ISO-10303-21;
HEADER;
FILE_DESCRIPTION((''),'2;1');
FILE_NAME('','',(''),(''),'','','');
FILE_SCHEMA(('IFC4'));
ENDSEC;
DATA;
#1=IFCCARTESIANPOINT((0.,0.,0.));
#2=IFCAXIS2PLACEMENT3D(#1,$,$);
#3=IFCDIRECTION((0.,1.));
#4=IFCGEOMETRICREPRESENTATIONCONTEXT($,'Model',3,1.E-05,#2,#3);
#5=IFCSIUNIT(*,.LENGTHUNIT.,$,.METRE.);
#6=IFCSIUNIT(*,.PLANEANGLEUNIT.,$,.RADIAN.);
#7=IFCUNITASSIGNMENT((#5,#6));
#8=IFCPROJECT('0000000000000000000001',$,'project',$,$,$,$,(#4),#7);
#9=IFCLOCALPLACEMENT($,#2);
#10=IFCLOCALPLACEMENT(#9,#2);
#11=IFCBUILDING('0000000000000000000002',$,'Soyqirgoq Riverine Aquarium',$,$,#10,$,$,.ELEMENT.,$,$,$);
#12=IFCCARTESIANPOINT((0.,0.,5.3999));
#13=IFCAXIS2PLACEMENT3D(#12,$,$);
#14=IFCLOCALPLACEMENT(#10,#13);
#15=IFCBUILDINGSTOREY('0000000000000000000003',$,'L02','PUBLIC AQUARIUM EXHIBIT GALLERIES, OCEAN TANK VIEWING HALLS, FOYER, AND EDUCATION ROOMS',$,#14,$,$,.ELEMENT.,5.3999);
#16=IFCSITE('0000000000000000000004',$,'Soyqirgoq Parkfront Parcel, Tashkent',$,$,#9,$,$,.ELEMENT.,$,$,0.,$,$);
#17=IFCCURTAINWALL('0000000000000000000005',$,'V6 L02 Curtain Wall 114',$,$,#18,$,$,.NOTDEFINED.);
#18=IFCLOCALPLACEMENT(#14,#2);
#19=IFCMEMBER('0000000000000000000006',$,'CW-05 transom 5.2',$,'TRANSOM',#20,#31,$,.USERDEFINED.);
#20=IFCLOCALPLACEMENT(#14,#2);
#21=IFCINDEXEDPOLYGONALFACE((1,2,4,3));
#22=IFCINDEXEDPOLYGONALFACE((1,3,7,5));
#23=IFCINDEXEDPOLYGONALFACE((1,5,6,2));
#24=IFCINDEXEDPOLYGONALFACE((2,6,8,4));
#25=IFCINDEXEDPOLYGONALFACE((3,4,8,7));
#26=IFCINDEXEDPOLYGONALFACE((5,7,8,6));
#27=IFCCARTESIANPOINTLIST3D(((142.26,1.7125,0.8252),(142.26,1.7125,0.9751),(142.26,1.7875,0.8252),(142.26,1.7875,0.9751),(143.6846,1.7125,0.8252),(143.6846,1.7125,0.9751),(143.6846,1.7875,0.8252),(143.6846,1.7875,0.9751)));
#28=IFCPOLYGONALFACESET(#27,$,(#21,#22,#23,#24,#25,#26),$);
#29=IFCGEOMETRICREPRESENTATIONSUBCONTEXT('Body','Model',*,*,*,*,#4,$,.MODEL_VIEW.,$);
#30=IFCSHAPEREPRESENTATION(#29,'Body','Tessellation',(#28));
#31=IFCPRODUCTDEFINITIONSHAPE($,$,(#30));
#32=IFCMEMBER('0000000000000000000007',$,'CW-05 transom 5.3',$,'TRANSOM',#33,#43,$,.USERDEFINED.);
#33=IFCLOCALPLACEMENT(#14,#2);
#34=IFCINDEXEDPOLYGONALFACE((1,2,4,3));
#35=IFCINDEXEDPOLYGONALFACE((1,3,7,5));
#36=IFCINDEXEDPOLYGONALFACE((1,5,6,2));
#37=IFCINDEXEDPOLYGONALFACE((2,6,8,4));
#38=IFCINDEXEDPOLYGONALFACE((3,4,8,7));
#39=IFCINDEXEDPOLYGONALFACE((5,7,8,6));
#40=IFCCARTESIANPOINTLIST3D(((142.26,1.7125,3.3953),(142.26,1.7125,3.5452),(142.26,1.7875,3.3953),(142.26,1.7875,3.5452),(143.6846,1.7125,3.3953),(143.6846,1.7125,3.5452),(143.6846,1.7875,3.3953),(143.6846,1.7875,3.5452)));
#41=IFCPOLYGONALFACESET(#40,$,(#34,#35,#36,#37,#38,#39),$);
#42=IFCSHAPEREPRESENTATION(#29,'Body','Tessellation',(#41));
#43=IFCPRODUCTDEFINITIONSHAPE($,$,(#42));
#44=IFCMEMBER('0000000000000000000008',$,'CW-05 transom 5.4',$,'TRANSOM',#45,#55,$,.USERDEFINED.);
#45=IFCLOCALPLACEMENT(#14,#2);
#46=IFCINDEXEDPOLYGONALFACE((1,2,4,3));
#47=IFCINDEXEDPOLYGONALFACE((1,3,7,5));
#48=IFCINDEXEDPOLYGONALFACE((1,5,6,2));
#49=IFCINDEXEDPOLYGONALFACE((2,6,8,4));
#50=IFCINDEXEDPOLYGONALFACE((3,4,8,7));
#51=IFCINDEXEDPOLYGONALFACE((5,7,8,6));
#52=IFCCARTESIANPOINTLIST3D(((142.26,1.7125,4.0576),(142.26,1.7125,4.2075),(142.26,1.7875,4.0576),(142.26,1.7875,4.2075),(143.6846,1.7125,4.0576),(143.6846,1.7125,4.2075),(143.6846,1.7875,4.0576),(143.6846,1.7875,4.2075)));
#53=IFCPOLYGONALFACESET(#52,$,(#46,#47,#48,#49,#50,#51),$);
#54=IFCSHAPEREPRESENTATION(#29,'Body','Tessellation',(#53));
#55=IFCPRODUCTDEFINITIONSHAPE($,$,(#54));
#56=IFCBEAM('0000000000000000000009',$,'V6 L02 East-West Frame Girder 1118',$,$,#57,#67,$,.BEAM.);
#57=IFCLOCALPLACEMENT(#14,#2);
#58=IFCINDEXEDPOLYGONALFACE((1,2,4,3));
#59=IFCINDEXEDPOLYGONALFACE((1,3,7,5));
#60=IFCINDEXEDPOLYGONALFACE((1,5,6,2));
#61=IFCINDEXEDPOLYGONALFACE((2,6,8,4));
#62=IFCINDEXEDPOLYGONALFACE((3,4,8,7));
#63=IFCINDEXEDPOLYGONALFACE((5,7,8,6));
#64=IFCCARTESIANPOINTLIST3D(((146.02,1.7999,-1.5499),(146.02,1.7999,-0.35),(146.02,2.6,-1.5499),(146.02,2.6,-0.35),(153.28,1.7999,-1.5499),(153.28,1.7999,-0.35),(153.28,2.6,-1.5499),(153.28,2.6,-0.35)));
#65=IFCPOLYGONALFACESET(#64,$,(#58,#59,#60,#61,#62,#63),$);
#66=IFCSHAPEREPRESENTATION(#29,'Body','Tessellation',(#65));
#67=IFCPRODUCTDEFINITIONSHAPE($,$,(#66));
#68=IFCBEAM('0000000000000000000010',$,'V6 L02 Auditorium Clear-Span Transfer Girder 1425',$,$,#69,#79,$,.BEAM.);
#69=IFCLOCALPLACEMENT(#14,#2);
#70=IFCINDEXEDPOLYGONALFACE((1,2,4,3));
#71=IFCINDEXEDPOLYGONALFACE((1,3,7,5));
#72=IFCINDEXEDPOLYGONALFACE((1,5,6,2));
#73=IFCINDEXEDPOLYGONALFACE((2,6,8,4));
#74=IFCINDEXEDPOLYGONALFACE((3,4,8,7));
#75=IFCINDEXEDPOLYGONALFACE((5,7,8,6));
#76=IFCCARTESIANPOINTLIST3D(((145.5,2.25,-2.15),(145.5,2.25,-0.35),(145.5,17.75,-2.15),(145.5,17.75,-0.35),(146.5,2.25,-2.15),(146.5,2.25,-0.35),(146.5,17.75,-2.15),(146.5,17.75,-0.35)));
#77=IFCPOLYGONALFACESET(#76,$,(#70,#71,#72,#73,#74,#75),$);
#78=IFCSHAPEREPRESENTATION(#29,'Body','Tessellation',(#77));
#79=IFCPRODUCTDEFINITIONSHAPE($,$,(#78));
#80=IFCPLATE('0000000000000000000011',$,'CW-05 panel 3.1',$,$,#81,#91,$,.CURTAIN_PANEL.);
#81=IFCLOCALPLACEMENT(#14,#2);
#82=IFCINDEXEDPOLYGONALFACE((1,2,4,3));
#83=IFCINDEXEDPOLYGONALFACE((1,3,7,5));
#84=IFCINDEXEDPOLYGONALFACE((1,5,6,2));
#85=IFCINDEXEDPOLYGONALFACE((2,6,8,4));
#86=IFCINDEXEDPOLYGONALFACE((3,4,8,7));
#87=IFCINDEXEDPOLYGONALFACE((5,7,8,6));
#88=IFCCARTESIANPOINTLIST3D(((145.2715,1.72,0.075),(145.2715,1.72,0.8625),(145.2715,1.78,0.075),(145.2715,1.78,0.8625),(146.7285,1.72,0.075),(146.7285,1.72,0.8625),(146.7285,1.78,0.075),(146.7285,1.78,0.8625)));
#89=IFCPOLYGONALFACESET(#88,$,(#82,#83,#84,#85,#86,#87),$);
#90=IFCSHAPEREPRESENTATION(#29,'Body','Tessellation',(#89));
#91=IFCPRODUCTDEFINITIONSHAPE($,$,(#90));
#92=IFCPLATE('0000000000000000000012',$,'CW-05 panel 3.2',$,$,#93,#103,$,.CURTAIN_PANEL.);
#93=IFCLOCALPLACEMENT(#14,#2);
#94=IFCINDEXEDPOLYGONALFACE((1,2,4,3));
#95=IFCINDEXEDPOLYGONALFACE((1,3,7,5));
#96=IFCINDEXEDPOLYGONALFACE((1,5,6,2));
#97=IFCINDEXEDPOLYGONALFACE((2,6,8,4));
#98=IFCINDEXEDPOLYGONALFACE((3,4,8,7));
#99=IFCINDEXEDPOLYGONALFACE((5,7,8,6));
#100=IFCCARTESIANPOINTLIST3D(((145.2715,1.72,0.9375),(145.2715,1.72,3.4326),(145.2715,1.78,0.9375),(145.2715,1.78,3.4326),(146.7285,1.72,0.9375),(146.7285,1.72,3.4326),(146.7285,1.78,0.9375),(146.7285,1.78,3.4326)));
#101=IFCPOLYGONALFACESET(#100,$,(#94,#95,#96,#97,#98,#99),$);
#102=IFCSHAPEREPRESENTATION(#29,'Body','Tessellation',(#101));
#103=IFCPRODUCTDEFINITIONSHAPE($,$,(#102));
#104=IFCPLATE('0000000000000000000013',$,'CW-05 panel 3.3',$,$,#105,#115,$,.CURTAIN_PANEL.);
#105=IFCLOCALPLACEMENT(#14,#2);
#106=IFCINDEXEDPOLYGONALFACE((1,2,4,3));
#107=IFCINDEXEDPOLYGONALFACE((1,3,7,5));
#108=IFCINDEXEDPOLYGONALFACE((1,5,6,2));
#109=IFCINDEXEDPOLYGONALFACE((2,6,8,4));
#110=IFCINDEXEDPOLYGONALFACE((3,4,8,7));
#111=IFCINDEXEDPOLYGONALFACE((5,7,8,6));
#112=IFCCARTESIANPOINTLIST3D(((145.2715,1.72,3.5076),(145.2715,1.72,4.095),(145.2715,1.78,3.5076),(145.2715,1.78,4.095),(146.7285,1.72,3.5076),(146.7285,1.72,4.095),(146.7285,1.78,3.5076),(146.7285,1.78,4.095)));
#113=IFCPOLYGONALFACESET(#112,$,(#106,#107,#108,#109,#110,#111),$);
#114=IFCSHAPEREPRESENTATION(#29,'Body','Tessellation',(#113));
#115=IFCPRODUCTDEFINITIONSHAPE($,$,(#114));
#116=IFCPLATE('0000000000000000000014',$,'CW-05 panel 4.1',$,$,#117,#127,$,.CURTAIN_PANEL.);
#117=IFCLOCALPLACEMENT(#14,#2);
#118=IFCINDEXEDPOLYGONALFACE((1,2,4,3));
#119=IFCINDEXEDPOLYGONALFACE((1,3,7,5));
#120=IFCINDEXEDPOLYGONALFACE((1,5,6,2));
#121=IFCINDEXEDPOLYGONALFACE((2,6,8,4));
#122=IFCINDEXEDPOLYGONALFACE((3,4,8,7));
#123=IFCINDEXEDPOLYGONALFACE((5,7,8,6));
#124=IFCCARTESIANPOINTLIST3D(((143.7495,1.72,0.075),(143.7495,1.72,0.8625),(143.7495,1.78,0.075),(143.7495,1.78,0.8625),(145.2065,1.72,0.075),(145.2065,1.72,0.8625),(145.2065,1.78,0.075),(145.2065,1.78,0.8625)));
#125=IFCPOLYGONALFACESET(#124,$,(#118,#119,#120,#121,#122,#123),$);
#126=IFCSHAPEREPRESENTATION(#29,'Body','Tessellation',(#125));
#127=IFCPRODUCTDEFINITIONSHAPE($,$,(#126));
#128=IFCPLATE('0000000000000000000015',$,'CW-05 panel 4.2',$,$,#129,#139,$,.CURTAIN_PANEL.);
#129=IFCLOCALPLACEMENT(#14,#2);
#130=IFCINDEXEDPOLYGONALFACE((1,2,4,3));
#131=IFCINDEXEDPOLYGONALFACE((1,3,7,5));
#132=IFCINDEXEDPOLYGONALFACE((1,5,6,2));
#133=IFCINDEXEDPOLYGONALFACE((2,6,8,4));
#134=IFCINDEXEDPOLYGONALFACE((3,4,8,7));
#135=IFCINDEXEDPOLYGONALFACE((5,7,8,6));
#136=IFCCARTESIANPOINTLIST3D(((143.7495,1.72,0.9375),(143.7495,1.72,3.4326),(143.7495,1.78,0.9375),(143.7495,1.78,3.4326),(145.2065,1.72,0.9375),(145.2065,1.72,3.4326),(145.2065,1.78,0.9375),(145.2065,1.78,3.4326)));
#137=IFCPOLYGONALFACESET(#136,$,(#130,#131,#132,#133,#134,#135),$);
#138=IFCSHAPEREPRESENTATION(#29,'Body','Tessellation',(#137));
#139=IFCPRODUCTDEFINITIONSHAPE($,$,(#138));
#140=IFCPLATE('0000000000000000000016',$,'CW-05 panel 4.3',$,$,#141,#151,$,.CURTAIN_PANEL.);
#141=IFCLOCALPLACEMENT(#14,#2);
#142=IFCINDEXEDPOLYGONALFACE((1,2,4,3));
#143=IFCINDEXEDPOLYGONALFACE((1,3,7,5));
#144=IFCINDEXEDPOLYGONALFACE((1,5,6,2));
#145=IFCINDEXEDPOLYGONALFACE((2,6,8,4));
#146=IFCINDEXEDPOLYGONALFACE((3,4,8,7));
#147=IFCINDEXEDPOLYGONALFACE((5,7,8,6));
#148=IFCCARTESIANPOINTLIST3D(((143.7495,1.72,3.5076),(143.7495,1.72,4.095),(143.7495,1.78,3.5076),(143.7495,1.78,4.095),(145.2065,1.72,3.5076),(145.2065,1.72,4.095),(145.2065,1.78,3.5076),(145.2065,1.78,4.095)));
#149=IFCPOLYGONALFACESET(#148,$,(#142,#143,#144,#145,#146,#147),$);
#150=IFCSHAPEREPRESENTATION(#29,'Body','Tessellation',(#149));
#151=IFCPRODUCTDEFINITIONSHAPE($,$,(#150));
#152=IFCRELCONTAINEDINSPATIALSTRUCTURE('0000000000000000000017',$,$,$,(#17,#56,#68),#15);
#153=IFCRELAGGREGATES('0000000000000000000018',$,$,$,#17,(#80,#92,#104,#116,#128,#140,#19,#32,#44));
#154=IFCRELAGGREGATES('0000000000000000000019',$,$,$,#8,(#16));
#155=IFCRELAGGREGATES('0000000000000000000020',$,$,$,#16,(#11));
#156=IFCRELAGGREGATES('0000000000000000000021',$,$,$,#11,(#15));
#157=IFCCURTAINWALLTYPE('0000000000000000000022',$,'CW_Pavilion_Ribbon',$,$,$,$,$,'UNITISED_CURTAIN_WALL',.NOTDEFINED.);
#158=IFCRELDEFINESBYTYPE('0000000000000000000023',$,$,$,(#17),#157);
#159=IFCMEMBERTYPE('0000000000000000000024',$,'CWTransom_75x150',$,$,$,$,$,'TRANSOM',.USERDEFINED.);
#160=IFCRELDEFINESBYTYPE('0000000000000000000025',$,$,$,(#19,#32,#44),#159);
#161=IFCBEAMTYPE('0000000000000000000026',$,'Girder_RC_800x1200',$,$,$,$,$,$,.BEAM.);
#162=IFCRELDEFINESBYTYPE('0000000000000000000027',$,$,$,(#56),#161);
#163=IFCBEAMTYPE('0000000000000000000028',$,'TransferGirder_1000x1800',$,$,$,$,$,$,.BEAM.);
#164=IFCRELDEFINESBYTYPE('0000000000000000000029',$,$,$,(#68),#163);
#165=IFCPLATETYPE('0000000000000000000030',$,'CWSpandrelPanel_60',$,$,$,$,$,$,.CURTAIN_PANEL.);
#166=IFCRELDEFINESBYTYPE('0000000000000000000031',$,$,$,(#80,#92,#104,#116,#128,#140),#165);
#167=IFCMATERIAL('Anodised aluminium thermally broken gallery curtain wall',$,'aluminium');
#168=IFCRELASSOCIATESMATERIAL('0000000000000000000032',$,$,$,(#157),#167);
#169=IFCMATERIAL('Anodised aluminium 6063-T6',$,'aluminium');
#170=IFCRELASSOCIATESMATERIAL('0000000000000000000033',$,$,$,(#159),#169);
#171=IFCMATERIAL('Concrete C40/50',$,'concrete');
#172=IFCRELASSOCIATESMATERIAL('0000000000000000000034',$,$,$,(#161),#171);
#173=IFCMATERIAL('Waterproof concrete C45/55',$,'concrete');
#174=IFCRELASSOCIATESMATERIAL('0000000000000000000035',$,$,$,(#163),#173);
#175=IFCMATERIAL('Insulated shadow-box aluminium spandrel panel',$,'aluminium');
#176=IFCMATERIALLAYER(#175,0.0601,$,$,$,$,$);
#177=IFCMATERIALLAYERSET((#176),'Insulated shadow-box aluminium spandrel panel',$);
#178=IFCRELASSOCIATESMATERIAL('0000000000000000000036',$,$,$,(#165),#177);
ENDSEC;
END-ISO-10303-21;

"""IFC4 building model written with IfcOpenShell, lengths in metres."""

from ifc_helpers import new_model, si_unit, direction, frame, origin, origin_2d, place, context, subcontext, project, spatial, rectangle, extrude, material, layer, layer_set, material_profile, profile_set, type_object, element, aggregate, save


model = new_model("IFC4")

# Units and contexts
model_context = context("Model", 3, precision=1e-05, world=origin(), true_north=direction((0.0, 1.0)))
body_context = subcontext(model_context, "Body", "Model", "MODEL_VIEW")
ifc_project = project(units=[si_unit("LENGTHUNIT", "METRE"), si_unit("PLANEANGLEUNIT", "RADIAN")], contexts=[model_context])

# Site, building, storey
site_placement = place(None, origin())
site = spatial("IfcSite", under=ifc_project, at=site_placement, Name="Soyqirgoq Parkfront Parcel, Tashkent", CompositionType="ELEMENT", RefElevation=0.0)
building_placement = place(site_placement, origin())
building = spatial("IfcBuilding", under=site, at=building_placement, Name="Soyqirgoq Riverine Aquarium", CompositionType="ELEMENT")
storey_placement = place(building_placement, frame((0.0, 0.0, 5.3999)))
storey = spatial("IfcBuildingStorey", under=building, at=storey_placement, Name="L02", Description="PUBLIC AQUARIUM EXHIBIT GALLERIES, OCEAN TANK VIEWING HALLS, FOYER, AND EDUCATION ROOMS", CompositionType="ELEMENT", Elevation=5.3999)

# Curtain wall, members
ifc_material_1 = material(Name="Anodised aluminium thermally broken gallery curtain wall", Category="aluminium")
curtain_wall_type = type_object("IfcCurtainWallType", Name="CW_Pavilion_Ribbon", ElementType="UNITISED_CURTAIN_WALL", PredefinedType="NOTDEFINED", material=ifc_material_1)
curtain_wall_placement = place(storey_placement, origin())
curtain_wall = element("IfcCurtainWall", 1, at=curtain_wall_placement, inside=storey, type_object=curtain_wall_type, Name="V6 L02 Curtain Wall 114", PredefinedType="NOTDEFINED")
ifc_material_2 = material(Name="Anodised aluminium 6063-T6", Category="aluminium")
ifc_material_profile_1 = material_profile(ifc_material_2, rectangle(XDim=0.075, YDim=0.1499, at=origin_2d()), Name="ALU-T 75x150")
ifc_profile_set_1 = profile_set([ifc_material_profile_1], Name="Anodised aluminium 6063-T6")
member_type_1 = type_object("IfcMemberType", Name="CWTransom_75x150", ElementType="TRANSOM", PredefinedType="USERDEFINED", material=ifc_profile_set_1)
member_1_placement = place(storey_placement, frame((143.6846, 1.75, 0.9001), z_axis=(-1.0, 0.0, 0.0), x_axis=(0.0, -1.0, 0.0)))
member_1 = element("IfcMember", 2, at=member_1_placement, type_object=member_type_1, Name="CW-05 transom 5.2", ObjectType="TRANSOM", PredefinedType="USERDEFINED", context=body_context, shape_type="SweptSolid", body=[
    extrude(rectangle(XDim=0.075, YDim=0.1499, at=origin_2d()), origin(), (0.0, 0.0, 1.0), 1.4246),
])
member_2_placement = place(storey_placement, frame((143.6846, 1.75, 3.4702), z_axis=(-1.0, 0.0, 0.0), x_axis=(0.0, -1.0, 0.0)))
member_2 = element("IfcMember", 3, at=member_2_placement, type_object=member_type_1, Name="CW-05 transom 5.3", ObjectType="TRANSOM", PredefinedType="USERDEFINED", context=body_context, shape_type="SweptSolid", body=[
    extrude(rectangle(XDim=0.075, YDim=0.1499, at=origin_2d()), origin(), (0.0, 0.0, 1.0), 1.4246),
])
member_3_placement = place(storey_placement, frame((143.6846, 1.75, 4.1326), z_axis=(-1.0, 0.0, 0.0), x_axis=(0.0, -1.0, 0.0)))
member_3 = element("IfcMember", 4, at=member_3_placement, type_object=member_type_1, Name="CW-05 transom 5.4", ObjectType="TRANSOM", PredefinedType="USERDEFINED", context=body_context, shape_type="SweptSolid", body=[
    extrude(rectangle(XDim=0.075, YDim=0.1499, at=origin_2d()), origin(), (0.0, 0.0, 1.0), 1.4246),
])

# Beams
ifc_material_3 = material(Name="Concrete C40/50", Category="concrete")
ifc_material_profile_2 = material_profile(ifc_material_3, rectangle(XDim=0.8, YDim=1.2, at=origin_2d()), Name="RC 800x1200")
ifc_profile_set_2 = profile_set([ifc_material_profile_2], Name="Concrete C40/50")
beam_type_1 = type_object("IfcBeamType", Name="Girder_RC_800x1200", PredefinedType="BEAM", material=ifc_profile_set_2)
beam_1_placement = place(storey_placement, frame((146.02, 2.2, -0.95), z_axis=(1.0, 0.0, 0.0), x_axis=(0.0, 1.0, 0.0)))
element("IfcBeam", 5, at=beam_1_placement, inside=storey, type_object=beam_type_1, Name="V6 L02 East-West Frame Girder 1118", PredefinedType="BEAM", context=body_context, shape_type="SweptSolid", body=[
    extrude(rectangle(XDim=0.8, YDim=1.2, at=origin_2d()), origin(), (0.0, 0.0, 1.0), 7.26),
])
ifc_material_4 = material(Name="Waterproof concrete C45/55", Category="concrete")
ifc_material_profile_3 = material_profile(ifc_material_4, rectangle(XDim=1.0, YDim=1.8, at=origin_2d()), Name="RC 1000x1800")
ifc_profile_set_3 = profile_set([ifc_material_profile_3], Name="Waterproof concrete C45/55")
beam_type_2 = type_object("IfcBeamType", Name="TransferGirder_1000x1800", PredefinedType="BEAM", material=ifc_profile_set_3)
beam_2_placement = place(storey_placement, frame((146.0, 2.25, -1.25), z_axis=(0.0, 1.0, 0.0), x_axis=(-1.0, 0.0, 0.0)))
element("IfcBeam", 6, at=beam_2_placement, inside=storey, type_object=beam_type_2, Name="V6 L02 Auditorium Clear-Span Transfer Girder 1425", PredefinedType="BEAM", context=body_context, shape_type="SweptSolid", body=[
    extrude(rectangle(XDim=1.0, YDim=1.8, at=origin_2d()), origin(), (0.0, 0.0, 1.0), 15.5),
])

# Plates
ifc_material_5 = material(Name="Insulated shadow-box aluminium spandrel panel", Category="aluminium")
ifc_layer = layer(ifc_material_5, 0.0601)
ifc_layer_set = layer_set([ifc_layer], Name="Insulated shadow-box aluminium spandrel panel")
plate_type = type_object("IfcPlateType", Name="CWSpandrelPanel_60", PredefinedType="CURTAIN_PANEL", material=ifc_layer_set)
plate_1_placement = place(storey_placement, frame((146.0, 1.75, 0.075), z_axis=(0.0, 0.0, 1.0), x_axis=(-1.0, 0.0, 0.0)))
plate_1 = element("IfcPlate", 7, at=plate_1_placement, type_object=plate_type, Name="CW-05 panel 3.1", PredefinedType="CURTAIN_PANEL", context=body_context, shape_type="SweptSolid", body=[
    extrude(rectangle(XDim=1.457, YDim=0.0601, at=origin_2d()), origin(), (0.0, 0.0, 1.0), 0.7876),
])
plate_2_placement = place(storey_placement, frame((146.0, 1.75, 0.9375), z_axis=(0.0, 0.0, 1.0), x_axis=(-1.0, 0.0, 0.0)))
plate_2 = element("IfcPlate", 8, at=plate_2_placement, type_object=plate_type, Name="CW-05 panel 3.2", PredefinedType="CURTAIN_PANEL", context=body_context, shape_type="SweptSolid", body=[
    extrude(rectangle(XDim=1.457, YDim=0.0601, at=origin_2d()), origin(), (0.0, 0.0, 1.0), 2.4951),
])
plate_3_placement = place(storey_placement, frame((146.0, 1.75, 3.5076), z_axis=(0.0, 0.0, 1.0), x_axis=(-1.0, 0.0, 0.0)))
plate_3 = element("IfcPlate", 9, at=plate_3_placement, type_object=plate_type, Name="CW-05 panel 3.3", PredefinedType="CURTAIN_PANEL", context=body_context, shape_type="SweptSolid", body=[
    extrude(rectangle(XDim=1.457, YDim=0.0601, at=origin_2d()), origin(), (0.0, 0.0, 1.0), 0.5874),
])
plate_4_placement = place(storey_placement, frame((144.478, 1.75, 0.075), z_axis=(0.0, 0.0, 1.0), x_axis=(-1.0, 0.0, 0.0)))
plate_4 = element("IfcPlate", 10, at=plate_4_placement, type_object=plate_type, Name="CW-05 panel 4.1", PredefinedType="CURTAIN_PANEL", context=body_context, shape_type="SweptSolid", body=[
    extrude(rectangle(XDim=1.457, YDim=0.0601, at=origin_2d()), origin(), (0.0, 0.0, 1.0), 0.7876),
])
plate_5_placement = place(storey_placement, frame((144.478, 1.75, 0.9375), z_axis=(0.0, 0.0, 1.0), x_axis=(-1.0, 0.0, 0.0)))
plate_5 = element("IfcPlate", 11, at=plate_5_placement, type_object=plate_type, Name="CW-05 panel 4.2", PredefinedType="CURTAIN_PANEL", context=body_context, shape_type="SweptSolid", body=[
    extrude(rectangle(XDim=1.457, YDim=0.0601, at=origin_2d()), origin(), (0.0, 0.0, 1.0), 2.4951),
])
plate_6_placement = place(storey_placement, frame((144.478, 1.75, 3.5076), z_axis=(0.0, 0.0, 1.0), x_axis=(-1.0, 0.0, 0.0)))
plate_6 = element("IfcPlate", 12, at=plate_6_placement, type_object=plate_type, Name="CW-05 panel 4.3", PredefinedType="CURTAIN_PANEL", context=body_context, shape_type="SweptSolid", body=[
    extrude(rectangle(XDim=1.457, YDim=0.0601, at=origin_2d()), origin(), (0.0, 0.0, 1.0), 0.5874),
])
aggregate(curtain_wall, [plate_1, plate_2, plate_3, plate_4, plate_5, plate_6, member_1, member_2, member_3])

save(model, "model.ifc")
